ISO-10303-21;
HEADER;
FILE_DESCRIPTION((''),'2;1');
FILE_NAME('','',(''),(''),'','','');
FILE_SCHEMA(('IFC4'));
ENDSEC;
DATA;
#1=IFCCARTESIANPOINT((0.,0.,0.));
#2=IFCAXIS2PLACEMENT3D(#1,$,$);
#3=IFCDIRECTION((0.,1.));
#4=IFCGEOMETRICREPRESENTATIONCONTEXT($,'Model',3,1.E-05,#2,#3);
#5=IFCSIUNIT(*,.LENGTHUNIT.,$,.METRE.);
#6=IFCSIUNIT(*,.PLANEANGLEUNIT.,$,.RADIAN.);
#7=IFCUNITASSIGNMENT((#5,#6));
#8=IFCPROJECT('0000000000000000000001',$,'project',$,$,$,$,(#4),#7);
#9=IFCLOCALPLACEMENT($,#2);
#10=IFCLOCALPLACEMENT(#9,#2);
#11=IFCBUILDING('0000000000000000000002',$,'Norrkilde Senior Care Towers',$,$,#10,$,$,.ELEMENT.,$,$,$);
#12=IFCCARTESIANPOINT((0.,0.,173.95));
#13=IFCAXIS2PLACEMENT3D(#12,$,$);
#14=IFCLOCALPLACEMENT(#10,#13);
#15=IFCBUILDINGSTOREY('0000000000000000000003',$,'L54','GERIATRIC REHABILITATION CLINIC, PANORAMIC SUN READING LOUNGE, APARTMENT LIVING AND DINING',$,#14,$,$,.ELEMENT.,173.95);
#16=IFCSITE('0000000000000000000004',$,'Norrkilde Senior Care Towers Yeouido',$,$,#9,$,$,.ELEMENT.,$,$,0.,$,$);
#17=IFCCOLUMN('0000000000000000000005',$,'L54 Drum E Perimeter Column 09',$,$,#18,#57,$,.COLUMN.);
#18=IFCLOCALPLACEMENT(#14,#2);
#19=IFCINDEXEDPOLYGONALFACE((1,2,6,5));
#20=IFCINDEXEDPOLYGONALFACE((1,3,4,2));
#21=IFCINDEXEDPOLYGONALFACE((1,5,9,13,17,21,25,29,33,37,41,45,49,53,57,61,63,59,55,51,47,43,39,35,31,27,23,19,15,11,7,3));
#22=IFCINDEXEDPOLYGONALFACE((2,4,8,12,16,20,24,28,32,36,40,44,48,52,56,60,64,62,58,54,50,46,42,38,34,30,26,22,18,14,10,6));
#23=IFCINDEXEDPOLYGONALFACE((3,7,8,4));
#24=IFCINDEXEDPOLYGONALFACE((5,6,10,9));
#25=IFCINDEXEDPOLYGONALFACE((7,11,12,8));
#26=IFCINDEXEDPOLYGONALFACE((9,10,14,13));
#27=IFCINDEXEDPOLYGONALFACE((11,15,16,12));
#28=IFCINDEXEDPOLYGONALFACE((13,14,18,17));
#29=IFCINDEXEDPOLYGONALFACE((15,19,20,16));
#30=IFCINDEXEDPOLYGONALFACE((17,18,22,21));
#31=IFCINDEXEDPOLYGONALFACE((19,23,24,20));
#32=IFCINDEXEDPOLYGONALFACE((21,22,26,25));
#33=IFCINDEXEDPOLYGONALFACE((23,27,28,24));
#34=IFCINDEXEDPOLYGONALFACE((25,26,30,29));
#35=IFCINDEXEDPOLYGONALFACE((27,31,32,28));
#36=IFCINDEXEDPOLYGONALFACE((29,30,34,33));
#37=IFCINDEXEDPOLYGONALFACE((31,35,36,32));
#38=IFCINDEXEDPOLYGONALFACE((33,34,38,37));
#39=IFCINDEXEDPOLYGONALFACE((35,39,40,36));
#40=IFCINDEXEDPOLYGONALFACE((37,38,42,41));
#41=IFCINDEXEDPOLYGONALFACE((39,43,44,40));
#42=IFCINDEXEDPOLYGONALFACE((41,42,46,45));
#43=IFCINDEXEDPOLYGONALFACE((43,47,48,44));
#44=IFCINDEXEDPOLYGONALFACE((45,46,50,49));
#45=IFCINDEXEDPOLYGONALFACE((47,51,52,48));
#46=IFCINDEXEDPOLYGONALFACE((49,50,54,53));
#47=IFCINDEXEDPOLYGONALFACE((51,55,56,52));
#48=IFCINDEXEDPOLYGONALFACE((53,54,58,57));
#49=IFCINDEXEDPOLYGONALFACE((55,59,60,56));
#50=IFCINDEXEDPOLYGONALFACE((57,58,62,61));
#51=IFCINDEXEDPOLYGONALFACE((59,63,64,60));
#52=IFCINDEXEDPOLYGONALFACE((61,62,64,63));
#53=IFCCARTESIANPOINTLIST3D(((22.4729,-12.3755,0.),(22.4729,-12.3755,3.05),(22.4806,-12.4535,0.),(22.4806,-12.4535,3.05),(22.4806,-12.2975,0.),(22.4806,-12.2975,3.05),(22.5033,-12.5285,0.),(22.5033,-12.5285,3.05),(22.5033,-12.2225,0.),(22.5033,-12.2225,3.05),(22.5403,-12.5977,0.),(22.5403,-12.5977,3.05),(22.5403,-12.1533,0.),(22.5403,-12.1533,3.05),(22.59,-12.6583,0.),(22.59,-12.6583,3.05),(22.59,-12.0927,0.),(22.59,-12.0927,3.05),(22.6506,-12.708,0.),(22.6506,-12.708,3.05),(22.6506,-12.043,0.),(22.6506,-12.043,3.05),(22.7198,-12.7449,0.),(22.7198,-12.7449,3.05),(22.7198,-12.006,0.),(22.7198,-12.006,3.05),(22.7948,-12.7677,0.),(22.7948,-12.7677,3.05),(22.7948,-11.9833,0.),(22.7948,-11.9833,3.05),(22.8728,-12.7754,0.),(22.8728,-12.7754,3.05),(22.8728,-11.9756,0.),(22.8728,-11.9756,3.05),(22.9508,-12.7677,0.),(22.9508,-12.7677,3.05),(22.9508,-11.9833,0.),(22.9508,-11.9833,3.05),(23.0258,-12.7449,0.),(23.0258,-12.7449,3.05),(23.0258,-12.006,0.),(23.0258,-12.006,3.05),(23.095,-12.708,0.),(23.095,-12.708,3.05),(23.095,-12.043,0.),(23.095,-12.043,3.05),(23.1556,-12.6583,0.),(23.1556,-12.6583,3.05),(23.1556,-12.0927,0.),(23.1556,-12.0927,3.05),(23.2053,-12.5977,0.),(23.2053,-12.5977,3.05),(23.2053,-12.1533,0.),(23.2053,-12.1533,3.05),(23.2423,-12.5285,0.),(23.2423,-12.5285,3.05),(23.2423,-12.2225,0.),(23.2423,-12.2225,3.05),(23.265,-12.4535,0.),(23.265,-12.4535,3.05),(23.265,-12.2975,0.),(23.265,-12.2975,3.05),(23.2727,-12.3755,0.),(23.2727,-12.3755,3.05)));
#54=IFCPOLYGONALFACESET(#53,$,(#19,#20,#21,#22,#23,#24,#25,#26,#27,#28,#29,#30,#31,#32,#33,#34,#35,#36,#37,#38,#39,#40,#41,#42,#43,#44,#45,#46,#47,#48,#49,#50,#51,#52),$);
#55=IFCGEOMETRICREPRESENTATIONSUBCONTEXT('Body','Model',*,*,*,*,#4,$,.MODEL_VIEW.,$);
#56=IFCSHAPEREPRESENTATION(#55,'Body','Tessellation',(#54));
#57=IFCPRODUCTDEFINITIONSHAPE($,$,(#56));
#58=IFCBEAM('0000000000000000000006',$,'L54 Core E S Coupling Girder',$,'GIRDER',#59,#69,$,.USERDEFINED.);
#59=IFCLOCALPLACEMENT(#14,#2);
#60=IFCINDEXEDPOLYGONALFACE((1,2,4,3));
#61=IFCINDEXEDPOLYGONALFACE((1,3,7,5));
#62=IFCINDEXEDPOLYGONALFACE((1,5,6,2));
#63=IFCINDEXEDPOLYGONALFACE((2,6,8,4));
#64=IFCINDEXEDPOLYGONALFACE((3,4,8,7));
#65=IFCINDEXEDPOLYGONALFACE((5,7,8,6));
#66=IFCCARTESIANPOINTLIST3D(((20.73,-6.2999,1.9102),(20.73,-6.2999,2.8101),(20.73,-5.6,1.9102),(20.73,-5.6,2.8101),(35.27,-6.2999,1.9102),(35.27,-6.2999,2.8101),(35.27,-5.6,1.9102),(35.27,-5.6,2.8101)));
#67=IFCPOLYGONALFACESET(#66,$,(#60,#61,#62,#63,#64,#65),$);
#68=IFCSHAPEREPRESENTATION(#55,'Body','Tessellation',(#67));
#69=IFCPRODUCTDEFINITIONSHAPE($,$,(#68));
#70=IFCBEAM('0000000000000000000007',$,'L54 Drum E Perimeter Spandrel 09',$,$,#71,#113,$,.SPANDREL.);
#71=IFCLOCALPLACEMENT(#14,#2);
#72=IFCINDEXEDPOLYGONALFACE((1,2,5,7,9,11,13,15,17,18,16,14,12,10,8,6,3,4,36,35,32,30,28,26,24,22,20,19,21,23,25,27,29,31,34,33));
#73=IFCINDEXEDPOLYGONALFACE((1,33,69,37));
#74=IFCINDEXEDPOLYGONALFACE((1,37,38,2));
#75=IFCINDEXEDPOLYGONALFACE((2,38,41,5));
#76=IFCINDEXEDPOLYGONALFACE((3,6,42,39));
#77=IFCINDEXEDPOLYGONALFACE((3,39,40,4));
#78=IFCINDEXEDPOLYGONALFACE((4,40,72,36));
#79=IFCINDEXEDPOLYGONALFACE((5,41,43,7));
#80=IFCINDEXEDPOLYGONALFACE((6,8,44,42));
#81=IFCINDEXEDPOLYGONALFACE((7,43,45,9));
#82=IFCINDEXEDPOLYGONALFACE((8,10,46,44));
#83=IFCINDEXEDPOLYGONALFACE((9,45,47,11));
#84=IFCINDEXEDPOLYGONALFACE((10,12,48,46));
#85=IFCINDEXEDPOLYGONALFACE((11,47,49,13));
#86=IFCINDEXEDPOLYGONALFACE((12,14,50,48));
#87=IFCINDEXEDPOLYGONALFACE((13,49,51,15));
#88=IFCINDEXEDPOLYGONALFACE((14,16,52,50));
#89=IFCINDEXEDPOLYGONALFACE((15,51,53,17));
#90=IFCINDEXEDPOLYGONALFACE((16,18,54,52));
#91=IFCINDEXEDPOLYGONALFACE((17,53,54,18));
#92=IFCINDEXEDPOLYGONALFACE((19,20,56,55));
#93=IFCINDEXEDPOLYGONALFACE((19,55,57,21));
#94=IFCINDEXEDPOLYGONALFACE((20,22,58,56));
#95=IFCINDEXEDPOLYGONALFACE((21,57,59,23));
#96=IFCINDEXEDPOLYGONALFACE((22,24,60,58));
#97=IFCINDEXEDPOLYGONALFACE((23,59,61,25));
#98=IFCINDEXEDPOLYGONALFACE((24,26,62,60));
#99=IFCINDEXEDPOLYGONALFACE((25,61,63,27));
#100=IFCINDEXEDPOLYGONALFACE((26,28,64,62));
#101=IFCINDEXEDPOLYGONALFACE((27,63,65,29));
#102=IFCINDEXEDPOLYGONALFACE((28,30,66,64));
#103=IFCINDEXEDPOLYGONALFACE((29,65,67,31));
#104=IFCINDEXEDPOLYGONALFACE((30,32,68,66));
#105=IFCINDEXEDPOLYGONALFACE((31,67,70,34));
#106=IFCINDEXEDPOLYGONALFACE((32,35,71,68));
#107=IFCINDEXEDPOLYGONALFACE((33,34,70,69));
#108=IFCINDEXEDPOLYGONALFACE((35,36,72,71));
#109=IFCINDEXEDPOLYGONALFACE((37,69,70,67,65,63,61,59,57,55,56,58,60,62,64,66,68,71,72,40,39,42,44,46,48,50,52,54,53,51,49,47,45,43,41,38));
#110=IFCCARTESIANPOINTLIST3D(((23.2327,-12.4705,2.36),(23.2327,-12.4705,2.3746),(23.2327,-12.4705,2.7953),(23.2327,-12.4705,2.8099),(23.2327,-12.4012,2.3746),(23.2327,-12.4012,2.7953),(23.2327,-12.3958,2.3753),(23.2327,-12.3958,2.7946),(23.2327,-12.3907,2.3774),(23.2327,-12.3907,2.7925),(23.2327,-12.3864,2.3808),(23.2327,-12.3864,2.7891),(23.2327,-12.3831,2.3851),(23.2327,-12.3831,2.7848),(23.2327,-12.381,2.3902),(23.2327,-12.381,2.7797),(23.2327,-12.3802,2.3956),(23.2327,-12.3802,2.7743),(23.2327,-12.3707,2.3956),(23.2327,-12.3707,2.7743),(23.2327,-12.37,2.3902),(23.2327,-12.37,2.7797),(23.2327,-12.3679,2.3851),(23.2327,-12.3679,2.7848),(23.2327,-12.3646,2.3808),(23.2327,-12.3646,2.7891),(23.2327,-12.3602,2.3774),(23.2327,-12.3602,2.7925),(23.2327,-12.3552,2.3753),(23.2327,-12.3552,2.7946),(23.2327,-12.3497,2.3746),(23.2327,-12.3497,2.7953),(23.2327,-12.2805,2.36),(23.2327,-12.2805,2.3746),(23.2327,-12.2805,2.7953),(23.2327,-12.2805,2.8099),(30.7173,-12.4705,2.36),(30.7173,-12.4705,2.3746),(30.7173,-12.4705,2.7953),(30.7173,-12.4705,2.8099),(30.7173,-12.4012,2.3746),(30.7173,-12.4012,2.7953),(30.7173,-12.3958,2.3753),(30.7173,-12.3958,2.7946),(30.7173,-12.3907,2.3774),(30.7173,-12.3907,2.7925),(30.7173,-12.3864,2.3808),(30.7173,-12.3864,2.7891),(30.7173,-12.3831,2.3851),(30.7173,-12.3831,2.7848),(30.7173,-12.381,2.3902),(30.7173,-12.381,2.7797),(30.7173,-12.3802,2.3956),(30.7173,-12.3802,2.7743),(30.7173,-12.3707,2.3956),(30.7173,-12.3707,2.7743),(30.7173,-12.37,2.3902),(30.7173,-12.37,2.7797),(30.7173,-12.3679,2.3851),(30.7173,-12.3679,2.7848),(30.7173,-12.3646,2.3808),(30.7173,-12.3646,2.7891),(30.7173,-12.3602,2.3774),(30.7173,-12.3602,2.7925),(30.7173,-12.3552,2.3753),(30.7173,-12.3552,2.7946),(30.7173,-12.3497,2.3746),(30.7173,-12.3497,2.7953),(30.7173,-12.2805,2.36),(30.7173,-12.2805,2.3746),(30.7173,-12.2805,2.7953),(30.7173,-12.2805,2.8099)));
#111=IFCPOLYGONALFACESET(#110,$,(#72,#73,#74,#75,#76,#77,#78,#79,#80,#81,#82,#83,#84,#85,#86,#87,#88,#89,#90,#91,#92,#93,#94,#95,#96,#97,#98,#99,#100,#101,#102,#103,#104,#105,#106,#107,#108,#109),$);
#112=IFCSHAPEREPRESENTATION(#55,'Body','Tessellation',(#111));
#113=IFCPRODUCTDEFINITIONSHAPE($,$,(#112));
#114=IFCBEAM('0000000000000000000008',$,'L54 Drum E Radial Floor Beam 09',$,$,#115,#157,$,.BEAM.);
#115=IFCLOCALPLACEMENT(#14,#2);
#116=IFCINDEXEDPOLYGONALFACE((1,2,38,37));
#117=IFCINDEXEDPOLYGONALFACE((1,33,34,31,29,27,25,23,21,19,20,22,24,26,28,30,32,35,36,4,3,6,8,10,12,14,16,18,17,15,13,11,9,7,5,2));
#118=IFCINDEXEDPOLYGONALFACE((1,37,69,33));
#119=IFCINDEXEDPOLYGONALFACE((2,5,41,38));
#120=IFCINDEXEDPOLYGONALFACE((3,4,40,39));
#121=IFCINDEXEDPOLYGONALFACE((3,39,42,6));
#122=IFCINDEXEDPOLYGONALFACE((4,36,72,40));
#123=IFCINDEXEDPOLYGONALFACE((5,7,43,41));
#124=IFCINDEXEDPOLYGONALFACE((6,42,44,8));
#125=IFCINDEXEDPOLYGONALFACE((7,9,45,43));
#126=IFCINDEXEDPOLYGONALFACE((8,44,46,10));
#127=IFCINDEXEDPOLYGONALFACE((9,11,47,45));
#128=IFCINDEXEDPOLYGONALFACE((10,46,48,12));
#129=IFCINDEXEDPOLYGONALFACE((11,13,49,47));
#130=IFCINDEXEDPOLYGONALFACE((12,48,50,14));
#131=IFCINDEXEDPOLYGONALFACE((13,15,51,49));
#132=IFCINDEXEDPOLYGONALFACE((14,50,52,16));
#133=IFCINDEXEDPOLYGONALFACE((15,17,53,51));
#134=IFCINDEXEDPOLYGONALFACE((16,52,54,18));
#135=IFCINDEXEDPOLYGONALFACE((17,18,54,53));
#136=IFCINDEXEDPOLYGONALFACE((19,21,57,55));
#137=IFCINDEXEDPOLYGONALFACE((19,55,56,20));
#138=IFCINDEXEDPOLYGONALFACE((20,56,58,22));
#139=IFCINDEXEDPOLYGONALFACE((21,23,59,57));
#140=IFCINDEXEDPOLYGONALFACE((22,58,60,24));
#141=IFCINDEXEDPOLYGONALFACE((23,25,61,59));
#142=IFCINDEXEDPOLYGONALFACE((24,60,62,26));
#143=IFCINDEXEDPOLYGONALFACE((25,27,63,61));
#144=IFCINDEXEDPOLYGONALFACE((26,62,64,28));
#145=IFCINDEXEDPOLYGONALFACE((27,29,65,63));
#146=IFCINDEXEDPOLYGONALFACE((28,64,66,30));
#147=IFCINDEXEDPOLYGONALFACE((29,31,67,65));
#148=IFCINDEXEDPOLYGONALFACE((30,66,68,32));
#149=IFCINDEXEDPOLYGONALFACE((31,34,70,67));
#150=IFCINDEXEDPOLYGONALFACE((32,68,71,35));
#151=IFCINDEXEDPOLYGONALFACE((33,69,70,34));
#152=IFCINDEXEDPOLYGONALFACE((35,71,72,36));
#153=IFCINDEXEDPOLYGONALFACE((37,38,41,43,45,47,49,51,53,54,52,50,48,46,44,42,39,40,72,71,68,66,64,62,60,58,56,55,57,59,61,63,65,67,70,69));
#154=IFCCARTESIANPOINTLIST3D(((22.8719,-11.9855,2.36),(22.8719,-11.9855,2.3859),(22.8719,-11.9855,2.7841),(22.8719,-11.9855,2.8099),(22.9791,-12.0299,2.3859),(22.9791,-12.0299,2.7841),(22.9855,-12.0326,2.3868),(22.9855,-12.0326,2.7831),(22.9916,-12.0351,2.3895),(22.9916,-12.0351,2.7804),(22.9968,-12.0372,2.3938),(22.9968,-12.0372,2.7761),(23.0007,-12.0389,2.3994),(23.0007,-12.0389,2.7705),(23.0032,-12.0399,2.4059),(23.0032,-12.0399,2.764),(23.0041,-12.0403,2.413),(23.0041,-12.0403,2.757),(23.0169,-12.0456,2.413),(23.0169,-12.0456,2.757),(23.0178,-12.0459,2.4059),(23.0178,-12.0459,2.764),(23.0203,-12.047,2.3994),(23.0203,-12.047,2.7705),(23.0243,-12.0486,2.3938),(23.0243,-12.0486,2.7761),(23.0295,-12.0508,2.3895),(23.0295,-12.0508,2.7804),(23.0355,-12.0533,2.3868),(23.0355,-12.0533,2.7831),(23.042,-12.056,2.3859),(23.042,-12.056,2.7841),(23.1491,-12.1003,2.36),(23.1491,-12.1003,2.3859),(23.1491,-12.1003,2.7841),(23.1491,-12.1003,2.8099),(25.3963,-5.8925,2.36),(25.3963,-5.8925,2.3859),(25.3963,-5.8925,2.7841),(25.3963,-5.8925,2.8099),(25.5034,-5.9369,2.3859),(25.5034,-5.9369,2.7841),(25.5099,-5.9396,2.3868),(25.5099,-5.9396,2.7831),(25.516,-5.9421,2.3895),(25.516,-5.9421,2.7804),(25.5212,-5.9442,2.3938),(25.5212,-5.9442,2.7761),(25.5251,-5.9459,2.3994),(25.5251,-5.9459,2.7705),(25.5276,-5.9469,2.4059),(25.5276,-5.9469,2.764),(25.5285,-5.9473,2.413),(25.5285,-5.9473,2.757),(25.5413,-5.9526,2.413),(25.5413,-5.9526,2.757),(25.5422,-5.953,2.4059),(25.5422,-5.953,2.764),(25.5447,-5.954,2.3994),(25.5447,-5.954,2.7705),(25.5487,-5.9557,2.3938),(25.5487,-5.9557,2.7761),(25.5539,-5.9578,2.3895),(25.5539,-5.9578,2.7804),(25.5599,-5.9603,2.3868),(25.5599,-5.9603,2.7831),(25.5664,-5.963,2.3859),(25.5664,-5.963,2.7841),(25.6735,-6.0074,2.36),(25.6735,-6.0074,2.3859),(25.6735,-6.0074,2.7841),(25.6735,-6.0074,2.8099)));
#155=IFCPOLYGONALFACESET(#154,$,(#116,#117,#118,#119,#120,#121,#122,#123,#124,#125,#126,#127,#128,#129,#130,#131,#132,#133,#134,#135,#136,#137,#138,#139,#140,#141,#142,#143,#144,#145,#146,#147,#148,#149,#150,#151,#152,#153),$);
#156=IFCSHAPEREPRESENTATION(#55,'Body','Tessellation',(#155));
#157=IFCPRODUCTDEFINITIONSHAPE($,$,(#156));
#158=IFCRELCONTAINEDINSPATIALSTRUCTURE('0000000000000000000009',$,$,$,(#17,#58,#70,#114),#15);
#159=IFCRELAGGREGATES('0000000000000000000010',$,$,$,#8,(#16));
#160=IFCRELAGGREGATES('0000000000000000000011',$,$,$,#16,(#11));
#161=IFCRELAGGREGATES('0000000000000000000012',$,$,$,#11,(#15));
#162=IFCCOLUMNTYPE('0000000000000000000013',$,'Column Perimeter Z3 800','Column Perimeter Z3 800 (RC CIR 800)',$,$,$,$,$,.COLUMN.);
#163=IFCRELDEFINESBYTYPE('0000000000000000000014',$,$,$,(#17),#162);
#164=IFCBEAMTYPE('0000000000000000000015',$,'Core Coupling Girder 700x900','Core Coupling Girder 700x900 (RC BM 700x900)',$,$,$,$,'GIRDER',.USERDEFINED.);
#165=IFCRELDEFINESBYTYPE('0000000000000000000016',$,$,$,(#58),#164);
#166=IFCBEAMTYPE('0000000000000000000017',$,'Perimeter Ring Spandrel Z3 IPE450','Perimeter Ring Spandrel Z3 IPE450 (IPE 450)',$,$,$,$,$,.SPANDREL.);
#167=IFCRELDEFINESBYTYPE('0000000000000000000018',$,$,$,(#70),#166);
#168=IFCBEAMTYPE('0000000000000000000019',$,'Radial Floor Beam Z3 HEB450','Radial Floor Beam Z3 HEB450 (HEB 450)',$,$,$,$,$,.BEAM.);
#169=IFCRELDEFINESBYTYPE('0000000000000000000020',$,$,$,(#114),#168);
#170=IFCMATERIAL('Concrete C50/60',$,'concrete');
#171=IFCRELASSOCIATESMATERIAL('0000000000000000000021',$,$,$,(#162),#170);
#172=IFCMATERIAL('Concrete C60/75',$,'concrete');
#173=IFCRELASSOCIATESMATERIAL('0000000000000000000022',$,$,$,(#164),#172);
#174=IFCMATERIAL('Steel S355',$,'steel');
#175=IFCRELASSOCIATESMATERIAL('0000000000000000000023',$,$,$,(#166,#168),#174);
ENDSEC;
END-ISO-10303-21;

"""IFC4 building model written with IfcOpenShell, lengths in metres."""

from ifc_helpers import new_model, si_unit, direction, frame, origin, origin_2d, place, context, subcontext, project, spatial, rectangle, circle, i_section, extrude, source, transform, mapped, material, material_profile, profile_set, type_object, type_shapes, element, save


model = new_model("IFC4")

# Units and contexts
model_context = context("Model", 3, precision=1e-05, world=origin(), true_north=direction((0.0, 1.0)))
body_context = subcontext(model_context, "Body", "Model", "MODEL_VIEW")
ifc_project = project(units=[si_unit("LENGTHUNIT", "METRE"), si_unit("PLANEANGLEUNIT", "RADIAN")], contexts=[model_context])

# Site, building, storey
site_placement = place(None, origin())
site = spatial("IfcSite", under=ifc_project, at=site_placement, Name="Norrkilde Senior Care Towers Yeouido", CompositionType="ELEMENT", RefElevation=0.0)
building_placement = place(site_placement, origin())
building = spatial("IfcBuilding", under=site, at=building_placement, Name="Norrkilde Senior Care Towers", CompositionType="ELEMENT")
storey_placement = place(building_placement, frame((0.0, 0.0, 173.95)))
storey = spatial("IfcBuildingStorey", under=building, at=storey_placement, Name="L54", Description="GERIATRIC REHABILITATION CLINIC, PANORAMIC SUN READING LOUNGE, APARTMENT LIVING AND DINING", CompositionType="ELEMENT", Elevation=173.95)

# Column
ifc_material_1 = material(Name="Concrete C50/60", Category="concrete")
ifc_material_profile_1 = material_profile(ifc_material_1, circle(Radius=0.3999, at=origin_2d()), Name="RC CIR 800")
ifc_profile_set_1 = profile_set([ifc_material_profile_1], Name="Concrete C50/60")
column_type = type_object("IfcColumnType", Name="Column Perimeter Z3 800", Description="Column Perimeter Z3 800 (RC CIR 800)", PredefinedType="COLUMN", material=ifc_profile_set_1)
shared_shape_1 = source(origin(), body_context, "Body", "SweptSolid", [
    extrude(circle(Radius=0.3999, at=origin_2d()), origin(), (0.0, 0.0, 1.0), 3.05),
])
type_shapes(column_type, [shared_shape_1])
column_placement = place(storey_placement, frame((22.8728, -12.3755, 0.0), z_axis=(0.0, 0.0, 1.0), x_axis=(1.0, 0.0, 0.0)))
element("IfcColumn", 1, at=column_placement, inside=storey, type_object=column_type, Name="L54 Drum E Perimeter Column 09", PredefinedType="COLUMN", context=body_context, shape_type="MappedRepresentation", body=[
    mapped(shared_shape_1, transform((0.0, 0.0, 0.0), x_axis=(1.0, 0.0, 0.0), y_axis=(0.0, 1.0, 0.0), z_axis=(0.0, 0.0, 1.0), scale=1.0)),
])

# Beams
ifc_material_2 = material(Name="Concrete C60/75", Category="concrete")
ifc_material_profile_2 = material_profile(ifc_material_2, rectangle(XDim=0.7, YDim=0.8999, at=origin_2d()), Name="RC BM 700x900")
ifc_profile_set_2 = profile_set([ifc_material_profile_2], Name="Concrete C60/75")
beam_type_1 = type_object("IfcBeamType", Name="Core Coupling Girder 700x900", Description="Core Coupling Girder 700x900 (RC BM 700x900)", ElementType="GIRDER", PredefinedType="USERDEFINED", material=ifc_profile_set_2)
shared_shape_2 = source(origin(), body_context, "Body", "SweptSolid", [
    extrude(rectangle(XDim=0.7, YDim=0.8999, at=origin_2d()), origin(), (0.0, 0.0, 1.0), 14.54),
])
type_shapes(beam_type_1, [shared_shape_2])
beam_1_placement = place(storey_placement, frame((20.73, -5.95, 2.3601), z_axis=(1.0, 0.0, 0.0), x_axis=(0.0, 1.0, 0.0)))
element("IfcBeam", 2, at=beam_1_placement, inside=storey, type_object=beam_type_1, Name="L54 Core E S Coupling Girder", ObjectType="GIRDER", PredefinedType="USERDEFINED", context=body_context, shape_type="MappedRepresentation", body=[
    mapped(shared_shape_2, transform((0.0, 0.0, 0.0), x_axis=(1.0, 0.0, 0.0), y_axis=(0.0, 1.0, 0.0), z_axis=(0.0, 0.0, 1.0), scale=1.0)),
])
ifc_material_3 = material(Name="Steel S355", Category="steel")
ifc_material_profile_3 = material_profile(ifc_material_3, i_section(OverallWidth=0.1899, OverallDepth=0.45, WebThickness=0.0095, FlangeThickness=0.0146, FilletRadius=0.021, at=origin_2d()), Name="IPE 450")
ifc_profile_set_3 = profile_set([ifc_material_profile_3], Name="Steel S355")
beam_type_2 = type_object("IfcBeamType", Name="Perimeter Ring Spandrel Z3 IPE450", Description="Perimeter Ring Spandrel Z3 IPE450 (IPE 450)", PredefinedType="SPANDREL", material=ifc_profile_set_3)
shared_shape_3 = source(origin(), body_context, "Body", "SweptSolid", [
    extrude(i_section(OverallWidth=0.1899, OverallDepth=0.45, WebThickness=0.0095, FlangeThickness=0.0146, FilletRadius=0.021, at=origin_2d()), origin(), (0.0, 0.0, 1.0), 7.4846),
])
type_shapes(beam_type_2, [shared_shape_3])
beam_2_placement = place(storey_placement, frame((23.2327, -12.3755, 2.585), z_axis=(1.0, 0.0, 0.0), x_axis=(0.0, 1.0, 0.0)))
element("IfcBeam", 3, at=beam_2_placement, inside=storey, type_object=beam_type_2, Name="L54 Drum E Perimeter Spandrel 09", PredefinedType="SPANDREL", context=body_context, shape_type="MappedRepresentation", body=[
    mapped(shared_shape_3, transform((0.0, 0.0, 0.0), x_axis=(1.0, 0.0, 0.0), y_axis=(0.0, 1.0, 0.0), z_axis=(0.0, 0.0, 1.0), scale=1.0)),
])
ifc_material_profile_4 = material_profile(ifc_material_3, i_section(OverallWidth=0.3, OverallDepth=0.45, WebThickness=0.0139, FlangeThickness=0.0259, FilletRadius=0.0271, at=origin_2d()), Name="HEB 450")
ifc_profile_set_4 = profile_set([ifc_material_profile_4], Name="Steel S355")
beam_type_3 = type_object("IfcBeamType", Name="Radial Floor Beam Z3 HEB450", Description="Radial Floor Beam Z3 HEB450 (HEB 450)", PredefinedType="BEAM", material=ifc_profile_set_4)
shared_shape_4 = source(origin(), body_context, "Body", "SweptSolid", [
    extrude(i_section(OverallWidth=0.3, OverallDepth=0.45, WebThickness=0.0139, FlangeThickness=0.0259, FilletRadius=0.0271, at=origin_2d()), origin(), (0.0, 0.0, 1.0), 6.5952),
])
beam_3_placement = place(storey_placement, frame((25.5349, -5.95, 2.585), z_axis=(-0.382762, -0.923847, 0.0), x_axis=(0.923847, -0.382762, 0.0)))
element("IfcBeam", 4, at=beam_3_placement, inside=storey, type_object=beam_type_3, Name="L54 Drum E Radial Floor Beam 09", PredefinedType="BEAM", context=body_context, shape_type="MappedRepresentation", body=[
    mapped(shared_shape_4, transform((0.0, 0.0, 0.0), x_axis=(1.0, 0.0, 0.0), y_axis=(0.0, 1.0, 0.0), z_axis=(0.0, 0.0, 1.0), scale=1.0)),
])

save(model, "model.ifc")
